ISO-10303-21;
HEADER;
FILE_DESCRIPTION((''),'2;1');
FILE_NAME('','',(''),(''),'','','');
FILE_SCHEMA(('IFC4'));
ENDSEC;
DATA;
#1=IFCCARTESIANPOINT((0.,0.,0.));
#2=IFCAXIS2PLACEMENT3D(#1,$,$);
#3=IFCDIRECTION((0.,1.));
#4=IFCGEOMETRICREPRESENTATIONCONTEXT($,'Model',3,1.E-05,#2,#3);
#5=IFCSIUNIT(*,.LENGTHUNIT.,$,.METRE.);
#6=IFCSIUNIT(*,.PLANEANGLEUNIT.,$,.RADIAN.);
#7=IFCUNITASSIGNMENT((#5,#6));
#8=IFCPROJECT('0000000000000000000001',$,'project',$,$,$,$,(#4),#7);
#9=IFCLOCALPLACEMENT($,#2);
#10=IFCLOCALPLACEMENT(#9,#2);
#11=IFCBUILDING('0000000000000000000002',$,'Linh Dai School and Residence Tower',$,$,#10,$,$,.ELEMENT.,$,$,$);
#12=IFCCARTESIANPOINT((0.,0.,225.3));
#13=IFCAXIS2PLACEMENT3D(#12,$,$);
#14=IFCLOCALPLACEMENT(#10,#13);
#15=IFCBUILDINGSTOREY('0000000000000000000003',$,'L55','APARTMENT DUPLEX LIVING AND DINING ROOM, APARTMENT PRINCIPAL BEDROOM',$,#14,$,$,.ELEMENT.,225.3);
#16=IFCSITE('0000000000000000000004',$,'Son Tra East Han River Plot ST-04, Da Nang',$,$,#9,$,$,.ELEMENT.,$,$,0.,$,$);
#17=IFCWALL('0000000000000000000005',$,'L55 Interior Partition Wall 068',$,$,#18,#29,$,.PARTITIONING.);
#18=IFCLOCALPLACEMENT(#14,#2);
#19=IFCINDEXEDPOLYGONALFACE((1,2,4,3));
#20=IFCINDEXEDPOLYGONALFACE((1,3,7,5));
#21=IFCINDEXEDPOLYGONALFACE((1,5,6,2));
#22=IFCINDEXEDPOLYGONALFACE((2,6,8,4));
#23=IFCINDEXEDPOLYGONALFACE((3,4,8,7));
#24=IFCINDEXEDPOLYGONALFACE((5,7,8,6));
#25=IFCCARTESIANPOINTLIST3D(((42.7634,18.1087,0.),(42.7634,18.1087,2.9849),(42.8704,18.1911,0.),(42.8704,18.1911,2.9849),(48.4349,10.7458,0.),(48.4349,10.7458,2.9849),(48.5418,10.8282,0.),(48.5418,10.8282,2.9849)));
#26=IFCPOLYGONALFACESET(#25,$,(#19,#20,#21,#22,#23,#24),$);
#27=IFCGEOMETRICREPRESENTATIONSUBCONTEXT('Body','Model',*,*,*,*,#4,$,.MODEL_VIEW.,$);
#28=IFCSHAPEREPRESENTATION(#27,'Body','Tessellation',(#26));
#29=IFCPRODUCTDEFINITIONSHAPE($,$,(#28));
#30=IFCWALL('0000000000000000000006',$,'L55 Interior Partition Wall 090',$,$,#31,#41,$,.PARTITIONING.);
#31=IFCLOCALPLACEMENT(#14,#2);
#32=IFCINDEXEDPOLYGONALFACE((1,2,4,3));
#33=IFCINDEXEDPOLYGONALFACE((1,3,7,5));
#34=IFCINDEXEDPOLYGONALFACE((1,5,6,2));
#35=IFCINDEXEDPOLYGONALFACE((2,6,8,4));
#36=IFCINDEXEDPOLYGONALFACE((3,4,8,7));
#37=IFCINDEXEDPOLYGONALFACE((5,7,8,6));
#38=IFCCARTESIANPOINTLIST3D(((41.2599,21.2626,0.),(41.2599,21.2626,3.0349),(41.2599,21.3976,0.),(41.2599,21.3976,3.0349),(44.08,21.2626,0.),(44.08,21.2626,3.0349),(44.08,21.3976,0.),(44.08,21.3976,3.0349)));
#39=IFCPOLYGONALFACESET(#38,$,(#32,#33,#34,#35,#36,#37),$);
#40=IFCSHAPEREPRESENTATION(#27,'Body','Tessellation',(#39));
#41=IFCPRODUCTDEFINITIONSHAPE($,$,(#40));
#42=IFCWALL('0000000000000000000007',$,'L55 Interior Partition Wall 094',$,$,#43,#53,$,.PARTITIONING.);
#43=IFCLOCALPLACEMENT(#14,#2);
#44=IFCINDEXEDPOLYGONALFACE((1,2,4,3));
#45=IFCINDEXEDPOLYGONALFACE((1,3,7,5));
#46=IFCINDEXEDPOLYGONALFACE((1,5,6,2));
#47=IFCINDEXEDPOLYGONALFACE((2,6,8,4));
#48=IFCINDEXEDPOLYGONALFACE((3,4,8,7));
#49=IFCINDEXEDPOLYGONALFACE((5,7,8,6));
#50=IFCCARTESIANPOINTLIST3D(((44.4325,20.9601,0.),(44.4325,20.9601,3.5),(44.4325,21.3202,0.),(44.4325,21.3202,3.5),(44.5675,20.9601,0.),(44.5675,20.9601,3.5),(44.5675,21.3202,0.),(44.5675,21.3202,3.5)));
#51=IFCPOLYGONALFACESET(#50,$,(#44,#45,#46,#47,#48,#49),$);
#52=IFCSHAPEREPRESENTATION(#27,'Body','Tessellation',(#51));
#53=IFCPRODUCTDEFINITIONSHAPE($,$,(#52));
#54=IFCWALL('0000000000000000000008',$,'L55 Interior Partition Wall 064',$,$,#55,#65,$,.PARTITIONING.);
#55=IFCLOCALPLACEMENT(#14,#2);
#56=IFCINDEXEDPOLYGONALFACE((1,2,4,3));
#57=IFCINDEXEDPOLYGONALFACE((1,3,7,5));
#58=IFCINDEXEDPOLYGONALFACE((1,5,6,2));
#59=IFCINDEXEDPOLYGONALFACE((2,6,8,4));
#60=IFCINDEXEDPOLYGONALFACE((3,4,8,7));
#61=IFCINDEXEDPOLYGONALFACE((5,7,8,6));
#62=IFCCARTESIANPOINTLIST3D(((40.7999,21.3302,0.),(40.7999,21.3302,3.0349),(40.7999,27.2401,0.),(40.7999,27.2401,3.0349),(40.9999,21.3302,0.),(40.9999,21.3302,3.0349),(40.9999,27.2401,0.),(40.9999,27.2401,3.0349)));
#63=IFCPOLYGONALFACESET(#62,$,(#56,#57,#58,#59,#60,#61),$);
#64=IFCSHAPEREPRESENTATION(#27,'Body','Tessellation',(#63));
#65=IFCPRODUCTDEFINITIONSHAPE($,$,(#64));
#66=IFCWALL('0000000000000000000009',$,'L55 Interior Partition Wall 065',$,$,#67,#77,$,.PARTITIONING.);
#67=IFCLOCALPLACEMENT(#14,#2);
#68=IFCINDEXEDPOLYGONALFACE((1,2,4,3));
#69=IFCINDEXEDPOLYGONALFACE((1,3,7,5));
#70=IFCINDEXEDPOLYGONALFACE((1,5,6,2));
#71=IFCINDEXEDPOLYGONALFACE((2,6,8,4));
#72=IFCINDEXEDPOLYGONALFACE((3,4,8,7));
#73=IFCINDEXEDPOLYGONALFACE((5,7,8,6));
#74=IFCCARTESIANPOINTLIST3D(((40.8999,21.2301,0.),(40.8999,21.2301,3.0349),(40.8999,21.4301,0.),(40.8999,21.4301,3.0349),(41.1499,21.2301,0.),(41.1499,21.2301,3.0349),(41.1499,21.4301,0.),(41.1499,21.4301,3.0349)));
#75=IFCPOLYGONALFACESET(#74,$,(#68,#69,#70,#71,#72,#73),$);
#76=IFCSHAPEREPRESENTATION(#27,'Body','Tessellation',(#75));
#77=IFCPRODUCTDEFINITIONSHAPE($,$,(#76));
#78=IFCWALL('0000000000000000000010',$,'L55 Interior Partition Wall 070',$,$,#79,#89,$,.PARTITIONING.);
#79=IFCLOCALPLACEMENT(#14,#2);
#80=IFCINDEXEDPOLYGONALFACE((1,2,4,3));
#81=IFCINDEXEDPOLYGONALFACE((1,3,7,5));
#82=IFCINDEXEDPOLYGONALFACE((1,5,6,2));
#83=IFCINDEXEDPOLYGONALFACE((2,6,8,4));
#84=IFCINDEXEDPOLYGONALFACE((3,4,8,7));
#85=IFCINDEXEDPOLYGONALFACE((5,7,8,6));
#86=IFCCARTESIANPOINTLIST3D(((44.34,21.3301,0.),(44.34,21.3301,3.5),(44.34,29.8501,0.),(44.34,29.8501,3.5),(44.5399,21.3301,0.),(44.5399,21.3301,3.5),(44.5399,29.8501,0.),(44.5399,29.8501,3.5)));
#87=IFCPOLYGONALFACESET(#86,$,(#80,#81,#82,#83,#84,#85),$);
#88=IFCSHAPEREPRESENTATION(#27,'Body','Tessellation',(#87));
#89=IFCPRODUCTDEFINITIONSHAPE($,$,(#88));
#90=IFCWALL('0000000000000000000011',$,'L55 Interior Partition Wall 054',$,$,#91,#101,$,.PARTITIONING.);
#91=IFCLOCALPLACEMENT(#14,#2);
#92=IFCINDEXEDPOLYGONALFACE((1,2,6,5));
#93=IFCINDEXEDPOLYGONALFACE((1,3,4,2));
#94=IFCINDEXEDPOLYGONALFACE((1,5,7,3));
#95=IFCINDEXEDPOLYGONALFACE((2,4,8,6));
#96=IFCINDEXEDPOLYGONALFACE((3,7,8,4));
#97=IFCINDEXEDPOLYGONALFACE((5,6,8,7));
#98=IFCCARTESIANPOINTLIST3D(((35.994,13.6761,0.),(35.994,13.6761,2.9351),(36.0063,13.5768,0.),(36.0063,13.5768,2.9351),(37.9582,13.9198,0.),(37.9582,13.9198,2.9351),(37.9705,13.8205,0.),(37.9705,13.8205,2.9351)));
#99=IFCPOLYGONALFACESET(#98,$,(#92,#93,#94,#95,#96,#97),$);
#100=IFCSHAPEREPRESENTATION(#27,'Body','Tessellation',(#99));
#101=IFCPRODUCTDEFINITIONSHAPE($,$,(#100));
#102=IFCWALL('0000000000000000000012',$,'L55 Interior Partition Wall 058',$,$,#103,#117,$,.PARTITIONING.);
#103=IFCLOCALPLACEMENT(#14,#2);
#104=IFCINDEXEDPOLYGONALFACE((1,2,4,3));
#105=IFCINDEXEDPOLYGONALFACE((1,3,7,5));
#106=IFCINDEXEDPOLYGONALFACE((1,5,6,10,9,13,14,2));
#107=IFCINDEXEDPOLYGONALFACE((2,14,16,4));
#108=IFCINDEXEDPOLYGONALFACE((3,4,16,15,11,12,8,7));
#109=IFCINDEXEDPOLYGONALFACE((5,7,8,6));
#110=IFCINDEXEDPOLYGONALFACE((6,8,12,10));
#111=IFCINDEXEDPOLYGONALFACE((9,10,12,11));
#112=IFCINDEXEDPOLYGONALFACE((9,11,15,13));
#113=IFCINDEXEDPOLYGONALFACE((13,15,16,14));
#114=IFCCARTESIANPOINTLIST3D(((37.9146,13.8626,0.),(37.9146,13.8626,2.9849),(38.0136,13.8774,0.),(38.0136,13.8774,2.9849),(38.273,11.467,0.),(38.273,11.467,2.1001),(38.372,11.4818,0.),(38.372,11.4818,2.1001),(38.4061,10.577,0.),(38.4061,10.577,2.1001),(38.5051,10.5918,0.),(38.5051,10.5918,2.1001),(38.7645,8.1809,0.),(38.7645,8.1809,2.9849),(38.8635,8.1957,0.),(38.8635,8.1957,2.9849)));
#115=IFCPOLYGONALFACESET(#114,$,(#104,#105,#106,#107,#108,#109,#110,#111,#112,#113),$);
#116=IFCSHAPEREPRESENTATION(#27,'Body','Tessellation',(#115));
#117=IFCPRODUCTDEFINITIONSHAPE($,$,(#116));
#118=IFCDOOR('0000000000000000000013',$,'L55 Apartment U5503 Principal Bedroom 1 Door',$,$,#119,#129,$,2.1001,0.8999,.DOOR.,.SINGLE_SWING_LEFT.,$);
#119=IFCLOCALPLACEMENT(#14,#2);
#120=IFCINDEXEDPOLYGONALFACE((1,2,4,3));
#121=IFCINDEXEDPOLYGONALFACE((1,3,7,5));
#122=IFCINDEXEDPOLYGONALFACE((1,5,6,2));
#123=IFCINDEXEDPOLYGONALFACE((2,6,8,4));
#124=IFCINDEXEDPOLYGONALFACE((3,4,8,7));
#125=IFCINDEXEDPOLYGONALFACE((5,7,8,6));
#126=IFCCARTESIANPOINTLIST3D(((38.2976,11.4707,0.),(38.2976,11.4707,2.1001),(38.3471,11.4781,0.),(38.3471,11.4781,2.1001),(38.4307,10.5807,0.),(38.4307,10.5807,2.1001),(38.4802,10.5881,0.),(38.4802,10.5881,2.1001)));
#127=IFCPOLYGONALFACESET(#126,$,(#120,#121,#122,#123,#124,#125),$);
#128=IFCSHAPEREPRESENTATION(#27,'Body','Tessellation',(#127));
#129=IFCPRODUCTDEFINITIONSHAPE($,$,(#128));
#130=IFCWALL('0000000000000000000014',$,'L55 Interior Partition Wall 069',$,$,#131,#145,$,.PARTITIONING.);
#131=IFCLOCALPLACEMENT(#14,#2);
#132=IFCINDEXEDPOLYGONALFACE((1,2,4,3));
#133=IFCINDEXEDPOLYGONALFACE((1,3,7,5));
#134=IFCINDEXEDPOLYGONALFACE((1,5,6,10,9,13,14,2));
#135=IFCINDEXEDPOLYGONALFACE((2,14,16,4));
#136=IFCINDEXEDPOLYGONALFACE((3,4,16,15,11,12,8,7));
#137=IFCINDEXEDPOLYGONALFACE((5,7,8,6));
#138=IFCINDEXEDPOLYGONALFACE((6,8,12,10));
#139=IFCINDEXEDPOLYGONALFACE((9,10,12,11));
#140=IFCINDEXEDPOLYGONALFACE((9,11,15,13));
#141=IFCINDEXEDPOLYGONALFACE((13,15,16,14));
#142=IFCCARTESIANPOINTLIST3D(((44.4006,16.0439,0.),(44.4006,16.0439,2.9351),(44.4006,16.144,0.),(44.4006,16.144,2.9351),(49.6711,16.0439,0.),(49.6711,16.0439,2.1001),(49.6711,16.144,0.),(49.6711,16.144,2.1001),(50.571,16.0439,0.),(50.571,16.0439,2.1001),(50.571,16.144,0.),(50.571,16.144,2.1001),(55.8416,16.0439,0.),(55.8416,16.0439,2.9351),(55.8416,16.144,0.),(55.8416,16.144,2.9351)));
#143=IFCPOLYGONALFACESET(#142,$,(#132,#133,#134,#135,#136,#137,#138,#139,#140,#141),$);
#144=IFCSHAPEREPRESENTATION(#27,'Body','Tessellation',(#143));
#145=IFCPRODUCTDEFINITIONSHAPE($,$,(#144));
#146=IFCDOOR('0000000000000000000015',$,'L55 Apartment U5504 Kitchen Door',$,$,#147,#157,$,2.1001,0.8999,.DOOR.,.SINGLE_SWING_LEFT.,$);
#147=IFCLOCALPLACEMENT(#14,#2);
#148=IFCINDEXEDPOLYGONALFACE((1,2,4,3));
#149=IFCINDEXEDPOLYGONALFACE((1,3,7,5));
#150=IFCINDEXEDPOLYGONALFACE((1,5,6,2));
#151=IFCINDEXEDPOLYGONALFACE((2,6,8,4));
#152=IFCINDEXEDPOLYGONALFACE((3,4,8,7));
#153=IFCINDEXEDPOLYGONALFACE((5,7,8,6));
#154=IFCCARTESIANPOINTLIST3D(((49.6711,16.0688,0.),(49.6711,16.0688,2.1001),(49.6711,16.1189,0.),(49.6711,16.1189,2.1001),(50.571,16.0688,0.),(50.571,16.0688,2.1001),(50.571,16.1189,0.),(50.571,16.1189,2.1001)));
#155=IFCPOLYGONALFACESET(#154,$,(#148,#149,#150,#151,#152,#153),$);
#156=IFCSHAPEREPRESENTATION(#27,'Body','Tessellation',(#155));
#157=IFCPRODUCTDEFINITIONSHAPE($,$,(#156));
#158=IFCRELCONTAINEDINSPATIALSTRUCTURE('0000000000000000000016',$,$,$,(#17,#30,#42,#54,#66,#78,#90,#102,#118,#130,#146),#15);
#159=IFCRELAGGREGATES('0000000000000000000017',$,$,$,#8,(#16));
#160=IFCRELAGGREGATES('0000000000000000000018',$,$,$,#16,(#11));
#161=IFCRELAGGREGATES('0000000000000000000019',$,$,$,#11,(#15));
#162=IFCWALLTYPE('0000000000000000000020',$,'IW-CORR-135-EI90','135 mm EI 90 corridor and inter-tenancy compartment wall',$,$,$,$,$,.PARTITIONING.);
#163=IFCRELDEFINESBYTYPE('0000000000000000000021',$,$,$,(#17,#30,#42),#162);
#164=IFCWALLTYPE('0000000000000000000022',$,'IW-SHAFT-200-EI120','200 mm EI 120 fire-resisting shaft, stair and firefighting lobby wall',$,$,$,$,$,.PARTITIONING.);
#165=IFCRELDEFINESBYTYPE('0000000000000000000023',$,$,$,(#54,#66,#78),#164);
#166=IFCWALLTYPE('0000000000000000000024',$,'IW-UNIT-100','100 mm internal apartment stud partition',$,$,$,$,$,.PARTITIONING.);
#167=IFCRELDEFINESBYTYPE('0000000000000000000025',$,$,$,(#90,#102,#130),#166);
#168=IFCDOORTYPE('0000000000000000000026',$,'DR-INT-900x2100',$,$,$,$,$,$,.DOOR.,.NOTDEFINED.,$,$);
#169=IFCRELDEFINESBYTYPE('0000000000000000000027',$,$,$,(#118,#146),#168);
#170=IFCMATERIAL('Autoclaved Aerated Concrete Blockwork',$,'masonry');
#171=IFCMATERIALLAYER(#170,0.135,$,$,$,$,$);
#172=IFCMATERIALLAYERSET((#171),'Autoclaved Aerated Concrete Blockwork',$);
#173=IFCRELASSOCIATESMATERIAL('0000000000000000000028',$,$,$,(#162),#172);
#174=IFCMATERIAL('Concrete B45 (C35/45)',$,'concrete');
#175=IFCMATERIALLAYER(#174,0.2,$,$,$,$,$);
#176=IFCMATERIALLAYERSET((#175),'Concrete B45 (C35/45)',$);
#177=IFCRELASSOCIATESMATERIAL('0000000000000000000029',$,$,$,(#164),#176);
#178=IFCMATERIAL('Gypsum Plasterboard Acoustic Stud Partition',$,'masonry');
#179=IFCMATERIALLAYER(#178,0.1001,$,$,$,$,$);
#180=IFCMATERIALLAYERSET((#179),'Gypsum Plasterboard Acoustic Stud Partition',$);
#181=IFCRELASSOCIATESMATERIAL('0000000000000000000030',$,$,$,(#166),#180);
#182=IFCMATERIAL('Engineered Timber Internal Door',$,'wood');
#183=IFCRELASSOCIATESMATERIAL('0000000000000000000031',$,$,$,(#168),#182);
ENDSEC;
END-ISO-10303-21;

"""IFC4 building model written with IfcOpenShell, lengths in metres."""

from ifc_helpers import new_model, si_unit, direction, frame, frame_2d, origin, origin_2d, place, context, subcontext, project, spatial, rectangle, extrude, source, transform, mapped, material, layer, layer_set, type_object, element, fill, save


model = new_model("IFC4")

# Units and contexts
model_context = context("Model", 3, precision=1e-05, world=origin(), true_north=direction((0.0, 1.0)))
body_context = subcontext(model_context, "Body", "Model", "MODEL_VIEW")
ifc_project = project(units=[si_unit("LENGTHUNIT", "METRE"), si_unit("PLANEANGLEUNIT", "RADIAN")], contexts=[model_context])

# Site, building, storey
site_placement = place(None, origin())
site = spatial("IfcSite", under=ifc_project, at=site_placement, Name="Son Tra East Han River Plot ST-04, Da Nang", CompositionType="ELEMENT", RefElevation=0.0)
building_placement = place(site_placement, origin())
building = spatial("IfcBuilding", under=site, at=building_placement, Name="Linh Dai School and Residence Tower", CompositionType="ELEMENT")
storey_placement = place(building_placement, frame((0.0, 0.0, 225.3)))
storey = spatial("IfcBuildingStorey", under=building, at=storey_placement, Name="L55", Description="APARTMENT DUPLEX LIVING AND DINING ROOM, APARTMENT PRINCIPAL BEDROOM", CompositionType="ELEMENT", Elevation=225.3)

# Walls
ifc_material_1 = material(Name="Autoclaved Aerated Concrete Blockwork", Category="masonry")
ifc_layer_1 = layer(ifc_material_1, 0.135)
ifc_layer_set_1 = layer_set([ifc_layer_1], Name="Autoclaved Aerated Concrete Blockwork")
wall_type_1 = type_object("IfcWallType", Name="IW-CORR-135-EI90", Description="135 mm EI 90 corridor and inter-tenancy compartment wall", PredefinedType="PARTITIONING", material=ifc_layer_set_1)
wall_1_placement = place(storey_placement, frame((42.8169, 18.1499, 0.0), z_axis=(0.0, 0.0, 1.0), x_axis=(0.610231, -0.792223, 0.0)))
element("IfcWall", 1, at=wall_1_placement, inside=storey, type_object=wall_type_1, Name="L55 Interior Partition Wall 068", PredefinedType="PARTITIONING", context=body_context, shape_type="SweptSolid", body=[
    extrude(rectangle(XDim=9.2939, YDim=0.135, at=frame_2d((4.647, 0.0))), origin(), (0.0, 0.0, 1.0), 2.9849),
])
wall_2_placement = place(storey_placement, frame((44.0801, 21.3301, 0.0), z_axis=(0.0, 0.0, 1.0), x_axis=(-1.0, 0.0, 0.0)))
element("IfcWall", 2, at=wall_2_placement, inside=storey, type_object=wall_type_1, Name="L55 Interior Partition Wall 090", PredefinedType="PARTITIONING", context=body_context, shape_type="SweptSolid", body=[
    extrude(rectangle(XDim=2.8201, YDim=0.135, at=frame_2d((1.4102, 0.0))), origin(), (0.0, 0.0, 1.0), 3.0349),
])
wall_3_placement = place(storey_placement, frame((44.5, 20.96, 0.0), z_axis=(0.0, 0.0, 1.0), x_axis=(0.0, 1.0, 0.0)))
element("IfcWall", 3, at=wall_3_placement, inside=storey, type_object=wall_type_1, Name="L55 Interior Partition Wall 094", PredefinedType="PARTITIONING", context=body_context, shape_type="SweptSolid", body=[
    extrude(rectangle(XDim=0.3601, YDim=0.135, at=frame_2d((0.1802, 0.0))), origin(), (0.0, 0.0, 1.0), 3.5),
])
ifc_material_2 = material(Name="Concrete B45 (C35/45)", Category="concrete")
ifc_layer_2 = layer(ifc_material_2, 0.2)
ifc_layer_set_2 = layer_set([ifc_layer_2], Name="Concrete B45 (C35/45)")
wall_type_2 = type_object("IfcWallType", Name="IW-SHAFT-200-EI120", Description="200 mm EI 120 fire-resisting shaft, stair and firefighting lobby wall", PredefinedType="PARTITIONING", material=ifc_layer_set_2)
wall_4_placement = place(storey_placement, frame((40.8999, 21.3301, 0.0), z_axis=(0.0, 0.0, 1.0), x_axis=(0.0, 1.0, 0.0)))
element("IfcWall", 4, at=wall_4_placement, inside=storey, type_object=wall_type_2, Name="L55 Interior Partition Wall 064", PredefinedType="PARTITIONING", context=body_context, shape_type="SweptSolid", body=[
    extrude(rectangle(XDim=5.9099, YDim=0.2, at=frame_2d((2.9551, 0.0))), origin(), (0.0, 0.0, 1.0), 3.0349),
])
wall_5_placement = place(storey_placement, frame((40.8999, 21.3301, 0.0), z_axis=(0.0, 0.0, 1.0), x_axis=(1.0, 0.0, 0.0)))
element("IfcWall", 5, at=wall_5_placement, inside=storey, type_object=wall_type_2, Name="L55 Interior Partition Wall 065", PredefinedType="PARTITIONING", context=body_context, shape_type="SweptSolid", body=[
    extrude(rectangle(XDim=0.25, YDim=0.2, at=frame_2d((0.125, 0.0))), origin(), (0.0, 0.0, 1.0), 3.0349),
])
wall_6_placement = place(storey_placement, frame((44.4399, 21.3301, 0.0), z_axis=(0.0, 0.0, 1.0), x_axis=(0.0, 1.0, 0.0)))
element("IfcWall", 6, at=wall_6_placement, inside=storey, type_object=wall_type_2, Name="L55 Interior Partition Wall 070", PredefinedType="PARTITIONING", context=body_context, shape_type="SweptSolid", body=[
    extrude(rectangle(XDim=8.52, YDim=0.2, at=frame_2d((4.26, 0.0))), origin(), (0.0, 0.0, 1.0), 3.5),
])
ifc_material_3 = material(Name="Gypsum Plasterboard Acoustic Stud Partition", Category="masonry")
ifc_layer_3 = layer(ifc_material_3, 0.1001)
ifc_layer_set_3 = layer_set([ifc_layer_3], Name="Gypsum Plasterboard Acoustic Stud Partition")
wall_type_3 = type_object("IfcWallType", Name="IW-UNIT-100", Description="100 mm internal apartment stud partition", PredefinedType="PARTITIONING", material=ifc_layer_set_3)
wall_7_placement = place(storey_placement, frame((36.0, 13.6265, 0.0), z_axis=(0.0, 0.0, 1.0), x_axis=(0.992393, 0.123109, 0.0)))
element("IfcWall", 7, at=wall_7_placement, inside=storey, type_object=wall_type_3, Name="L55 Interior Partition Wall 054", PredefinedType="PARTITIONING", context=body_context, shape_type="SweptSolid", body=[
    extrude(rectangle(XDim=1.9792, YDim=0.1001, at=frame_2d((0.9897, 0.0))), origin(), (0.0, 0.0, 1.0), 2.9351),
])

# Walls, openings, doors
wall_8_placement = place(storey_placement, frame((37.9641, 13.8701, 0.0), z_axis=(0.0, 0.0, 1.0), x_axis=(0.147933, -0.988997, 0.0)))
wall_8 = element("IfcWall", 8, at=wall_8_placement, inside=storey, type_object=wall_type_3, Name="L55 Interior Partition Wall 058", PredefinedType="PARTITIONING", context=body_context, shape_type="SweptSolid", body=[
    extrude(rectangle(XDim=5.7449, YDim=0.1001, at=frame_2d((2.8726, 0.0))), origin(), (0.0, 0.0, 1.0), 2.9849),
])
opening_1_placement = place(wall_8_placement, frame((2.4224, 0.0, 0.0)))
opening_1 = element("IfcOpeningElement", 9, at=opening_1_placement, cuts=wall_8, PredefinedType="OPENING", context=body_context, shape_type="SweptSolid", body=[
    extrude(rectangle(XDim=0.8999, YDim=2.1001, at=origin_2d()), frame((0.45, 0.0601, 1.05), z_axis=(0.0, -1.0, 0.0), x_axis=(1.0, 0.0, 0.0)), (0.0, 0.0, 1.0), 0.1201),
])
ifc_material_4 = material(Name="Engineered Timber Internal Door", Category="wood")
door_type = type_object("IfcDoorType", Name="DR-INT-900x2100", OperationType="NOTDEFINED", PredefinedType="DOOR", material=ifc_material_4)
shared_shape_1 = source(origin(), body_context, "Body", "SweptSolid", [
    extrude(rectangle(XDim=0.8999, YDim=2.1001, at=origin_2d()), frame((0.45, 0.0249, 1.05), z_axis=(0.0, -1.0, 0.0), x_axis=(1.0, 0.0, 0.0)), (0.0, 0.0, 1.0), 0.05),
])
door_1_placement = place(opening_1_placement, origin())
door_1 = element("IfcDoor", 10, at=door_1_placement, inside=storey, type_object=door_type, Name="L55 Apartment U5503 Principal Bedroom 1 Door", OperationType="SINGLE_SWING_LEFT", OverallHeight=2.1001, OverallWidth=0.8999, PredefinedType="DOOR", context=body_context, shape_type="MappedRepresentation", body=[
    mapped(shared_shape_1, transform((0.0, 0.0, 0.0), x_axis=(1.0, 0.0, 0.0), y_axis=(0.0, 1.0, 0.0), z_axis=(0.0, 0.0, 1.0), scale=1.0)),
])
fill(opening_1, door_1)
wall_9_placement = place(storey_placement, frame((44.4006, 16.094, 0.0), z_axis=(0.0, 0.0, 1.0), x_axis=(1.0, 0.0, 0.0)))
wall_9 = element("IfcWall", 11, at=wall_9_placement, inside=storey, type_object=wall_type_3, Name="L55 Interior Partition Wall 069", PredefinedType="PARTITIONING", context=body_context, shape_type="SweptSolid", body=[
    extrude(rectangle(XDim=11.4409, YDim=0.1001, at=frame_2d((5.7205, 0.0))), origin(), (0.0, 0.0, 1.0), 2.9351),
])
opening_2_placement = place(wall_9_placement, frame((5.2705, 0.0, 0.0)))
opening_2 = element("IfcOpeningElement", 12, at=opening_2_placement, cuts=wall_9, PredefinedType="OPENING", context=body_context, shape_type="SweptSolid", body=[
    extrude(rectangle(XDim=0.8999, YDim=2.1001, at=origin_2d()), frame((0.45, 0.0601, 1.05), z_axis=(0.0, -1.0, 0.0), x_axis=(1.0, 0.0, 0.0)), (0.0, 0.0, 1.0), 0.1201),
])
door_2_placement = place(opening_2_placement, origin())
door_2 = element("IfcDoor", 13, at=door_2_placement, inside=storey, type_object=door_type, Name="L55 Apartment U5504 Kitchen Door", OperationType="SINGLE_SWING_LEFT", OverallHeight=2.1001, OverallWidth=0.8999, PredefinedType="DOOR", context=body_context, shape_type="MappedRepresentation", body=[
    mapped(shared_shape_1, transform((0.0, 0.0, 0.0), x_axis=(1.0, 0.0, 0.0), y_axis=(0.0, 1.0, 0.0), z_axis=(0.0, 0.0, 1.0), scale=1.0)),
])
fill(opening_2, door_2)

save(model, "model.ifc")
